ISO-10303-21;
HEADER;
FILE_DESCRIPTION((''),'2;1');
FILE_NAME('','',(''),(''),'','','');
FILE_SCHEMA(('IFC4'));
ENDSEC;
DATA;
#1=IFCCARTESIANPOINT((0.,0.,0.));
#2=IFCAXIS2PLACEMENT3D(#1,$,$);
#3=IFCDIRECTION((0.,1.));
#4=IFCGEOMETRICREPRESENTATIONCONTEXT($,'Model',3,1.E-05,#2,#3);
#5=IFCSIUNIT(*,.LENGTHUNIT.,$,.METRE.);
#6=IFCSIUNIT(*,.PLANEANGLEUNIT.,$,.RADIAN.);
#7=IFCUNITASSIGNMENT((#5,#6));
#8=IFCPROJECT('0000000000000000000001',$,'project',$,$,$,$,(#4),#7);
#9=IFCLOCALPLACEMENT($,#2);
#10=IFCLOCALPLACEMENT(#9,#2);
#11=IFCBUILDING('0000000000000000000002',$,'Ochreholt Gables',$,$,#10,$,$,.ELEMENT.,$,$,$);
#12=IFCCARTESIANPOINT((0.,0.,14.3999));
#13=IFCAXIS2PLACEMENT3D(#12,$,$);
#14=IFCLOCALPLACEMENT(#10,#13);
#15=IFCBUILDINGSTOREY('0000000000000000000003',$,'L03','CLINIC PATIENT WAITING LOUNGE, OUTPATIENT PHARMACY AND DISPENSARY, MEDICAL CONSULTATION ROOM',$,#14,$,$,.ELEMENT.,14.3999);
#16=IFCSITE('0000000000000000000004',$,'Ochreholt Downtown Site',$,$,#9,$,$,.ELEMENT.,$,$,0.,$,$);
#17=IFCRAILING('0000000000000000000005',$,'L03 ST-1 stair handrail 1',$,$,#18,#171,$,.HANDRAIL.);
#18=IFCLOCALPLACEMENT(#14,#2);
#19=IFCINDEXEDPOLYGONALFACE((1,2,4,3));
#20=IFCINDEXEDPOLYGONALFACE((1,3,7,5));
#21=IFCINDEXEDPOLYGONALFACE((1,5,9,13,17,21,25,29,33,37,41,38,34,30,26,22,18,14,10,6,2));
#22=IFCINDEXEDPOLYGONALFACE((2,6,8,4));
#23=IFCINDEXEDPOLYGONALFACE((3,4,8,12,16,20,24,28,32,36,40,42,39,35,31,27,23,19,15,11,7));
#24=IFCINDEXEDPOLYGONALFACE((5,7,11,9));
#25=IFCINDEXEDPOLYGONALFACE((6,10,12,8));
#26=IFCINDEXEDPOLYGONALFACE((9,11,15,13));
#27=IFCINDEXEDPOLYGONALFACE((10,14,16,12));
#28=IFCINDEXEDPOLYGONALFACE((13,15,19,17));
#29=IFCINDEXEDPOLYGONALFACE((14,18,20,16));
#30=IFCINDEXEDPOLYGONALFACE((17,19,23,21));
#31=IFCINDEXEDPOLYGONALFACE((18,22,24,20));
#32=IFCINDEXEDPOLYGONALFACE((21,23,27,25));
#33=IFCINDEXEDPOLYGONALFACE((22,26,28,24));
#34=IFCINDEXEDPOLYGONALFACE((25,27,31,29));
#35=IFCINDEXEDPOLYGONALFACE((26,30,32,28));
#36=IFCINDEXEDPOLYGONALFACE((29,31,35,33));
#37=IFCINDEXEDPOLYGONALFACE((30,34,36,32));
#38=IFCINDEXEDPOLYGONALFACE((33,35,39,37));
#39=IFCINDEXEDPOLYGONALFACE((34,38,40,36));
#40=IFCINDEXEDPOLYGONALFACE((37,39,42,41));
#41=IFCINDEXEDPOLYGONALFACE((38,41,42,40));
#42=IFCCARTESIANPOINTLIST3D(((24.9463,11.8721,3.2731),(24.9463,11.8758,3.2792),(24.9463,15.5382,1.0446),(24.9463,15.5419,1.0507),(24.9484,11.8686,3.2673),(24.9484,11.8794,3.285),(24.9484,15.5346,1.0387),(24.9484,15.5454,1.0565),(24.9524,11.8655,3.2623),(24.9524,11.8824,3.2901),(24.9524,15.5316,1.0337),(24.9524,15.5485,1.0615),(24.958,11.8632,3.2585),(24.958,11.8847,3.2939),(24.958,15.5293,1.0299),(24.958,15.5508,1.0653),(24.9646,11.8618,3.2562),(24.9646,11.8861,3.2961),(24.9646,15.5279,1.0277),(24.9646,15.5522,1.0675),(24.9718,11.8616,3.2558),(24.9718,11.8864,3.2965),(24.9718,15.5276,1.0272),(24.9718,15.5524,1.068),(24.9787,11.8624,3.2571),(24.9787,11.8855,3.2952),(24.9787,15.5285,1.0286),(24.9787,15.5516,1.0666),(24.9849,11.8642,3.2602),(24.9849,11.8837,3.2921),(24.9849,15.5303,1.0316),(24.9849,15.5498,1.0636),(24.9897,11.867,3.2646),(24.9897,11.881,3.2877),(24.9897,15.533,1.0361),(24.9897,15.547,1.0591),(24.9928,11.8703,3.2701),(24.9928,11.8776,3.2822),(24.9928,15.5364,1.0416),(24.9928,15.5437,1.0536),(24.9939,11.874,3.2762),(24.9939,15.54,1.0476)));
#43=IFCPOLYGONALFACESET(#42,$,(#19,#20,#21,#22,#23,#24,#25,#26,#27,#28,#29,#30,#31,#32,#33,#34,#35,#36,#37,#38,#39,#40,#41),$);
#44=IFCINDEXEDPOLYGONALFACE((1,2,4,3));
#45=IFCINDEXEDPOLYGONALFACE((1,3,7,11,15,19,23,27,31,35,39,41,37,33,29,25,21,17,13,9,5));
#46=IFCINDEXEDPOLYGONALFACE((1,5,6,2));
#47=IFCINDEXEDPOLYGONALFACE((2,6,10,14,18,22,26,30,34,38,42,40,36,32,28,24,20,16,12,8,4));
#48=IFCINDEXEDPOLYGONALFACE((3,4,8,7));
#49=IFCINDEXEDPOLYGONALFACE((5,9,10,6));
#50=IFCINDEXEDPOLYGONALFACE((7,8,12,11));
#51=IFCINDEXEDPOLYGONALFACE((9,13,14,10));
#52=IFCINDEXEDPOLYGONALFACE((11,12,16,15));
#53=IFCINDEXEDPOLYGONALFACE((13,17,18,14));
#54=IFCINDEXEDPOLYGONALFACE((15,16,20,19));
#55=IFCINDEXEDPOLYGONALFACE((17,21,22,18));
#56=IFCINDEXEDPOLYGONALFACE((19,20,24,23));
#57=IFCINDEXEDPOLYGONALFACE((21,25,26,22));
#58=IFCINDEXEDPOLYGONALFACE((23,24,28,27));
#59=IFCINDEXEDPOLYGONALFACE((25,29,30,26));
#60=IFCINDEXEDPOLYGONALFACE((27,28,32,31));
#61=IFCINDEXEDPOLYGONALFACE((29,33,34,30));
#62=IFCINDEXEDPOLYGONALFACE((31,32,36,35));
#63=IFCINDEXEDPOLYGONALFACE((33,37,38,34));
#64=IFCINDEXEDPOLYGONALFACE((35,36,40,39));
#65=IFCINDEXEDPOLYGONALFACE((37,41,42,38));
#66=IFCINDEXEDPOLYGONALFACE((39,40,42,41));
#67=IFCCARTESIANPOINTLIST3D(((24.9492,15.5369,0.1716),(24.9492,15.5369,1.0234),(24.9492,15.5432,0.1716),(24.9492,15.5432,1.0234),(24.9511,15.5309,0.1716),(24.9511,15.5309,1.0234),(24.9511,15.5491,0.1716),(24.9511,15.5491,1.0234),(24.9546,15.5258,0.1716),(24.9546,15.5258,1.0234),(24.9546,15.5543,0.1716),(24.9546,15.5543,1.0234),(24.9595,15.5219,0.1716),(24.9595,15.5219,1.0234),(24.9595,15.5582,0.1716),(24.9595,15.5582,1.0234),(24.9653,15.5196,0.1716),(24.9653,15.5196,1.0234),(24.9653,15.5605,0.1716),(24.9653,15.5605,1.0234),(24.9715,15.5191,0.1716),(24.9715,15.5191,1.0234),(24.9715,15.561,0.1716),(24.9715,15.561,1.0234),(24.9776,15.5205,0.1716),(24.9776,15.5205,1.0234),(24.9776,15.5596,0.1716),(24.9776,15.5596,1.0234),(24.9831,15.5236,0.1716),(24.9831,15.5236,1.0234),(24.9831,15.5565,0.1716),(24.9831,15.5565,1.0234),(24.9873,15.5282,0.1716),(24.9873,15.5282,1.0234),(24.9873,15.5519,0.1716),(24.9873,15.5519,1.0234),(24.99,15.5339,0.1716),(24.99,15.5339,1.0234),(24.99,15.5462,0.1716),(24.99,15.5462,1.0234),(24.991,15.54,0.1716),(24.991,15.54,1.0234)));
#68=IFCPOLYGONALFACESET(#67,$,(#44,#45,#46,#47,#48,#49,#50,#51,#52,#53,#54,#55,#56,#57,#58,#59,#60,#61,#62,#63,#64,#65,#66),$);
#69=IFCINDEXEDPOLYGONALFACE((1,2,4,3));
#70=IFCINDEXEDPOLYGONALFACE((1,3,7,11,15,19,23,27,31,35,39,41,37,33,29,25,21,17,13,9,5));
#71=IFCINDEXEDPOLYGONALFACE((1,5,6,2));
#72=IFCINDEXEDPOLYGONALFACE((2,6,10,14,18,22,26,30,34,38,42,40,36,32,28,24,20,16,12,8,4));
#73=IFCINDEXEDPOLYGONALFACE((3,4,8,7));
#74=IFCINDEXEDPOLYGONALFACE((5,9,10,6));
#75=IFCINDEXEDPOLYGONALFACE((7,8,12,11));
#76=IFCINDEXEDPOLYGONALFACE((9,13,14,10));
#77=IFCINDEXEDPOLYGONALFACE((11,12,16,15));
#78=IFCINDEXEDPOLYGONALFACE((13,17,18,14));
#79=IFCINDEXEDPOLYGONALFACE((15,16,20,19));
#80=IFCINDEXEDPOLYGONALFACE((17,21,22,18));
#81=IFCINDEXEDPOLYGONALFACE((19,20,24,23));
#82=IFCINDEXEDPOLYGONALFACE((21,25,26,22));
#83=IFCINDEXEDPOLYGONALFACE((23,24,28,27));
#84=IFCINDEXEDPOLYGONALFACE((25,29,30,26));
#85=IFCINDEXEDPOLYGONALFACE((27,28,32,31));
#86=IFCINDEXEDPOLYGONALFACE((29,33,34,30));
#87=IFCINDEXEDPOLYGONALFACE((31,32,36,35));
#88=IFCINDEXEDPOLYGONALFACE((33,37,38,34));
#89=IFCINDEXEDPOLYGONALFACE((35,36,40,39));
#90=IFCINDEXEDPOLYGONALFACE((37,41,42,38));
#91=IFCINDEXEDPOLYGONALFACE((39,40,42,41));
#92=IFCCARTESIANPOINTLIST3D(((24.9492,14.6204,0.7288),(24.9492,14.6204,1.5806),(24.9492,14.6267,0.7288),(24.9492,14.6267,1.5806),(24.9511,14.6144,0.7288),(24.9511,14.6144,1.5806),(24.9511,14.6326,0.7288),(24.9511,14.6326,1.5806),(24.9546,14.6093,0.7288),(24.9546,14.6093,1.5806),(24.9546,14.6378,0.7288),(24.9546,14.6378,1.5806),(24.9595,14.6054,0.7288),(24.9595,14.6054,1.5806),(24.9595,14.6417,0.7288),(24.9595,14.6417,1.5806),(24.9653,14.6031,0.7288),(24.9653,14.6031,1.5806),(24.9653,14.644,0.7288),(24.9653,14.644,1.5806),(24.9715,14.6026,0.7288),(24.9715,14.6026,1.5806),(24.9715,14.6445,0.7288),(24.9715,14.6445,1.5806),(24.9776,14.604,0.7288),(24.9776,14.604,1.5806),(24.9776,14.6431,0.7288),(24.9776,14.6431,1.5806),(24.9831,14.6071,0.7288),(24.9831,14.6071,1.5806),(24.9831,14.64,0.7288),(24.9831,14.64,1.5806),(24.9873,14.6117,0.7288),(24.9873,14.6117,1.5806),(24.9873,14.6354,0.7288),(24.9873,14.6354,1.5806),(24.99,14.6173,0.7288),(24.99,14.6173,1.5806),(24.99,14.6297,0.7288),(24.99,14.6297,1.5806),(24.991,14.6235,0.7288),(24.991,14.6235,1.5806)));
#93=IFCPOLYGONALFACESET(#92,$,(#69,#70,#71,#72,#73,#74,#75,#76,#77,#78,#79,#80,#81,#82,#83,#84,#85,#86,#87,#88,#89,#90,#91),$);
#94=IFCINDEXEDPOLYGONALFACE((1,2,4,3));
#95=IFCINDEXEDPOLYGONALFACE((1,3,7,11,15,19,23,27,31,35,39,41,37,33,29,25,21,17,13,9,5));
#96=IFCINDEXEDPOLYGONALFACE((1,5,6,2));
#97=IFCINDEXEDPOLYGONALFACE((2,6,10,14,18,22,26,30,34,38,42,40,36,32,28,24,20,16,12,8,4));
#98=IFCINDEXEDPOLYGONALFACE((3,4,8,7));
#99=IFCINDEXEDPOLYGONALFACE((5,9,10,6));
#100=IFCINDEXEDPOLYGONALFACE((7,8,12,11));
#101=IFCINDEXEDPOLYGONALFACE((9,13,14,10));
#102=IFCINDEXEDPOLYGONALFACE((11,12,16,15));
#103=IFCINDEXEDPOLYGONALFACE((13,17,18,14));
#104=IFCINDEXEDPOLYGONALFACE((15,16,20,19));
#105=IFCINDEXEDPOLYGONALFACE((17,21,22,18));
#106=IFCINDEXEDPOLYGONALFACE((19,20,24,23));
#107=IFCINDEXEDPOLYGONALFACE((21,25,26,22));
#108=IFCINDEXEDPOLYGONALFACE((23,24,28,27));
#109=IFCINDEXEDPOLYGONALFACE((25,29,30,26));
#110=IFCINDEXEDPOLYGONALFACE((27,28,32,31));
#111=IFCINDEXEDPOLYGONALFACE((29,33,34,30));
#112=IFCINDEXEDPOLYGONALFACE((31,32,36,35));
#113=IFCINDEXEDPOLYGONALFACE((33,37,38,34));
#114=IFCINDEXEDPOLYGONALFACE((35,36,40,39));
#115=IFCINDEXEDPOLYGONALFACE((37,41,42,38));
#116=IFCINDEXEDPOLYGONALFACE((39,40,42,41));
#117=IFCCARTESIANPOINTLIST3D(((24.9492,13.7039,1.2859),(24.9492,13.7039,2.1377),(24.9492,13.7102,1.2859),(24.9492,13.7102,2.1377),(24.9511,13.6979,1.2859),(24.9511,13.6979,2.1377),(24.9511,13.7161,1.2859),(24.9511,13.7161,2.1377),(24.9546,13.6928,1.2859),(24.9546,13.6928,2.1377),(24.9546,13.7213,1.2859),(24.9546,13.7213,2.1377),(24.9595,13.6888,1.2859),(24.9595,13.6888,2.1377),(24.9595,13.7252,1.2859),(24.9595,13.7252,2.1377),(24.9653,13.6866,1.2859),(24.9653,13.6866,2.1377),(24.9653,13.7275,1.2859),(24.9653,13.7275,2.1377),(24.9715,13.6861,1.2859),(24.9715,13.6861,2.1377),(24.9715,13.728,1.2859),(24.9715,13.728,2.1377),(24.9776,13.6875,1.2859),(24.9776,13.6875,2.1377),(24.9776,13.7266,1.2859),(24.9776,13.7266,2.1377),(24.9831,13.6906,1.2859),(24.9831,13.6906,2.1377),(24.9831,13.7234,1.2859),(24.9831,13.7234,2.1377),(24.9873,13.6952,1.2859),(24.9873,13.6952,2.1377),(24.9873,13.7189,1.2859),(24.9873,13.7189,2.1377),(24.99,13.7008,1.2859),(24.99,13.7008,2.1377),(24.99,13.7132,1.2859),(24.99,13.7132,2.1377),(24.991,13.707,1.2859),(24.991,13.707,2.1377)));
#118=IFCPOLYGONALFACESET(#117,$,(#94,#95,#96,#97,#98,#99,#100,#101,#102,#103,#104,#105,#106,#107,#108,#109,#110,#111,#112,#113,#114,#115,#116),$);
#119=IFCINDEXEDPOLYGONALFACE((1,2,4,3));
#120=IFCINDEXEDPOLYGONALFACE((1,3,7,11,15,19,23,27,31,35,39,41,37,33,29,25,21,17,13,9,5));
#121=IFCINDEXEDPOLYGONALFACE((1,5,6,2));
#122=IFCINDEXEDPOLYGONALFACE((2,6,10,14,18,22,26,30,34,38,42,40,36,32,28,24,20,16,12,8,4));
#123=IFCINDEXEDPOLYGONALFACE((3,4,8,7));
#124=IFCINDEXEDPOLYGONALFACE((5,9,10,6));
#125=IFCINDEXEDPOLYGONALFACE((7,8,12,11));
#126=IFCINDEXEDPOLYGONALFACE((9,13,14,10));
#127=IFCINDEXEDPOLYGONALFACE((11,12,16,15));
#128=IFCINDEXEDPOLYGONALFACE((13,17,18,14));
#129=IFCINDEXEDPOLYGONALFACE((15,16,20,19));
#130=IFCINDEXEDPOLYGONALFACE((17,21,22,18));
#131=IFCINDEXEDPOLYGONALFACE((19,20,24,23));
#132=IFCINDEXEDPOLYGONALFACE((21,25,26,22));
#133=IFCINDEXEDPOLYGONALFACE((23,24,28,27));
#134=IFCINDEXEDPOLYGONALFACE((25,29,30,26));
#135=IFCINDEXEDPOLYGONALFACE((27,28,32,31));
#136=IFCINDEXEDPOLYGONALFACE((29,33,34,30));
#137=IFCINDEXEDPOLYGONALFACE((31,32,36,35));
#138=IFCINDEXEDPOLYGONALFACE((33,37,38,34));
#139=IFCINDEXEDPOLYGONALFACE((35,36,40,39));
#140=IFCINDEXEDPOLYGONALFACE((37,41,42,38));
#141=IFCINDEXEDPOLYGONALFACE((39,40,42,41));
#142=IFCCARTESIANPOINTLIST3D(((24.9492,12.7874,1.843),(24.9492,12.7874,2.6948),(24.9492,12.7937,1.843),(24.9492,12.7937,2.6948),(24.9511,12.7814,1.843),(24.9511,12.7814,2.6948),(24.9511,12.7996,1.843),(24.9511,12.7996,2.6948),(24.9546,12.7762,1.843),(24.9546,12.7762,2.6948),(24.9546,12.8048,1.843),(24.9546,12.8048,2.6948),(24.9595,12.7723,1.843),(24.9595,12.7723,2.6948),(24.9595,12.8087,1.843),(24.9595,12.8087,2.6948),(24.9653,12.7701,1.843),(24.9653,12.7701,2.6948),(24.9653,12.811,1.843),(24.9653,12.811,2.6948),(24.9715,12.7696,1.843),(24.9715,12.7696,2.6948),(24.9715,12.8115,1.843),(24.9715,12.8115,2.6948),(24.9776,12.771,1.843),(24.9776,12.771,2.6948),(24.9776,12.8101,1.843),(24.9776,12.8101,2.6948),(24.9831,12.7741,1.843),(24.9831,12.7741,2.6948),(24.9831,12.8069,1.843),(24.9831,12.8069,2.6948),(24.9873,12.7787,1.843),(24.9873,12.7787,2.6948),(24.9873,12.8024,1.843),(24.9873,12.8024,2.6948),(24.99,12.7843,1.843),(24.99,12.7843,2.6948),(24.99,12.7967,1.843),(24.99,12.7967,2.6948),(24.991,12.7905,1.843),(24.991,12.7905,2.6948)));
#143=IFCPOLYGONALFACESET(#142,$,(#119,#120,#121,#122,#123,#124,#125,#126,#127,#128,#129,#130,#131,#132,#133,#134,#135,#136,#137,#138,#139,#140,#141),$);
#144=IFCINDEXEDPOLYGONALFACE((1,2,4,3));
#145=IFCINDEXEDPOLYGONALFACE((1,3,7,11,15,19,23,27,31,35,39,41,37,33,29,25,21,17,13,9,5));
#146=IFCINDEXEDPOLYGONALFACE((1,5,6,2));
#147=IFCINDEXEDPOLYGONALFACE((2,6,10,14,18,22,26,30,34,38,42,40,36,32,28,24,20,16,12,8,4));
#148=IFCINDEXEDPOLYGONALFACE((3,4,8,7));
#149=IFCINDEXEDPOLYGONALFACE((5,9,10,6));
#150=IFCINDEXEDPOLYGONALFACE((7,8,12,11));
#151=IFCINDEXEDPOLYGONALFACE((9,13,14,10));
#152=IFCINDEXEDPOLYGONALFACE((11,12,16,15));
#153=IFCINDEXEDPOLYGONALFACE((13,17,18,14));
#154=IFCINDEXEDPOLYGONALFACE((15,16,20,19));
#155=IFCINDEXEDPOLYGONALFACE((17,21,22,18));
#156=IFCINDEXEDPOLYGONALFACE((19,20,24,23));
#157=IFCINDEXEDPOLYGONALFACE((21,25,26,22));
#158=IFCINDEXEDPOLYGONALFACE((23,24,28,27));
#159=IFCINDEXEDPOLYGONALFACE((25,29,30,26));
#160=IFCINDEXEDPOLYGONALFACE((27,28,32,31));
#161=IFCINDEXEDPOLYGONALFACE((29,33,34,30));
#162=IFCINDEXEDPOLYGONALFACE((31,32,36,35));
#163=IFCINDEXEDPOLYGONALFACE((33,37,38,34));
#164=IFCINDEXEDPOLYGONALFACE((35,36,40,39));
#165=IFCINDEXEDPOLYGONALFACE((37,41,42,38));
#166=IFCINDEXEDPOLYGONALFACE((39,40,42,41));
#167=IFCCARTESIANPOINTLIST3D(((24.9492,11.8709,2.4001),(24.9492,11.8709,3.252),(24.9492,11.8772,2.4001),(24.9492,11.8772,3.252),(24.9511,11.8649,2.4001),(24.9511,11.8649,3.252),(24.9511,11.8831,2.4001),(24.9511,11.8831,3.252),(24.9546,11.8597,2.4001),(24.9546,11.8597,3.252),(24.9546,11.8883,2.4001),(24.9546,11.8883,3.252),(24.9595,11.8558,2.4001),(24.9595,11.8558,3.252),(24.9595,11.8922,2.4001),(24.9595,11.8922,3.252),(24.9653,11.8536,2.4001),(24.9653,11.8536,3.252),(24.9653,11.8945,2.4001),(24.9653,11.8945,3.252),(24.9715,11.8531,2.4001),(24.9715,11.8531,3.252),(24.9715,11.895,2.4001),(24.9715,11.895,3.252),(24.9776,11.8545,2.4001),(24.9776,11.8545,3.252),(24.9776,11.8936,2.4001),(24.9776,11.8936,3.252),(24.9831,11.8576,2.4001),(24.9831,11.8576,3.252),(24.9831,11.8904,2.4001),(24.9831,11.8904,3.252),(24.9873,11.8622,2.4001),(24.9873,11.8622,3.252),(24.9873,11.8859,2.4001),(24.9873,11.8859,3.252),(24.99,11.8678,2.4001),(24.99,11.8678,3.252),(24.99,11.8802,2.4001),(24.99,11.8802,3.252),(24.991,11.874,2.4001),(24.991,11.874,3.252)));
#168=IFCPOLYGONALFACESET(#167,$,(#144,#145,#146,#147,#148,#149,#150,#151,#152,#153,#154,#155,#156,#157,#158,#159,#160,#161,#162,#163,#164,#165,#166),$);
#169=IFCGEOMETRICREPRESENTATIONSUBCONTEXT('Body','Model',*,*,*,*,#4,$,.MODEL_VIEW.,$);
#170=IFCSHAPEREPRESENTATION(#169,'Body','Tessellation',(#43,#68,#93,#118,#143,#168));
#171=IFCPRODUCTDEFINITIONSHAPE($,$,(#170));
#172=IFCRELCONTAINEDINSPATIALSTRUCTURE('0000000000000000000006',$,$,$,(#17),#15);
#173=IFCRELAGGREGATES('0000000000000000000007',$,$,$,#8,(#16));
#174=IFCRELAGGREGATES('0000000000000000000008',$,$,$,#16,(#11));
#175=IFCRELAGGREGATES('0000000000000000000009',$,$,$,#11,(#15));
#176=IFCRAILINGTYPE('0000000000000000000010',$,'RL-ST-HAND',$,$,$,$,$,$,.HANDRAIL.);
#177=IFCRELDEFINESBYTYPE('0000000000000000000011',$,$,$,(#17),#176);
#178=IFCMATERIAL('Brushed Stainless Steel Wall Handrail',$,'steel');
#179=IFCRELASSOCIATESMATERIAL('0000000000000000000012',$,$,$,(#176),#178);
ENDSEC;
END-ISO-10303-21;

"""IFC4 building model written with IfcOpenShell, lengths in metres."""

from ifc_helpers import new_model, si_unit, direction, frame, origin, origin_2d, place, context, subcontext, project, spatial, circle, extrude, material, type_object, element, save


model = new_model("IFC4")

# Units and contexts
model_context = context("Model", 3, precision=1e-05, world=origin(), true_north=direction((0.0, 1.0)))
body_context = subcontext(model_context, "Body", "Model", "MODEL_VIEW")
ifc_project = project(units=[si_unit("LENGTHUNIT", "METRE"), si_unit("PLANEANGLEUNIT", "RADIAN")], contexts=[model_context])

# Site, building, storey
site_placement = place(None, origin())
site = spatial("IfcSite", under=ifc_project, at=site_placement, Name="Ochreholt Downtown Site", CompositionType="ELEMENT", RefElevation=0.0)
building_placement = place(site_placement, origin())
building = spatial("IfcBuilding", under=site, at=building_placement, Name="Ochreholt Gables", CompositionType="ELEMENT")
storey_placement = place(building_placement, frame((0.0, 0.0, 14.3999)))
storey = spatial("IfcBuildingStorey", under=building, at=storey_placement, Name="L03", Description="CLINIC PATIENT WAITING LOUNGE, OUTPATIENT PHARMACY AND DISPENSARY, MEDICAL CONSULTATION ROOM", CompositionType="ELEMENT", Elevation=14.3999)

# Railing
ifc_material_1 = material(Name="Brushed Stainless Steel Wall Handrail", Category="steel")
railing_type_1 = type_object("IfcRailingType", Name="RL-ST-HAND", PredefinedType="HANDRAIL", material=ifc_material_1)
railing_1_placement = place(storey_placement, frame((24.97, 15.54, 0.1716)))
element("IfcRailing", 1, at=railing_1_placement, inside=storey, type_object=railing_type_1, Name="L03 ST-1 stair handrail 1", PredefinedType="HANDRAIL", context=body_context, shape_type="SweptSolid", body=[
    extrude(circle(Radius=0.0239, at=origin_2d()), frame((0.0, 0.0, 0.876), z_axis=(0.0, -0.854506, 0.519441), x_axis=(1.0, 0.0, 0.0)), (0.0, 0.0, 1.0), 4.2903),
    extrude(circle(Radius=0.021, at=origin_2d()), origin(), (0.0, 0.0, 1.0), 0.8518),
    extrude(circle(Radius=0.021, at=origin_2d()), frame((0.0, -0.9165, 0.5571)), (0.0, 0.0, 1.0), 0.8518),
    extrude(circle(Radius=0.021, at=origin_2d()), frame((0.0, -1.833, 1.1143)), (0.0, 0.0, 1.0), 0.8518),
    extrude(circle(Radius=0.021, at=origin_2d()), frame((0.0, -2.7495, 1.6714)), (0.0, 0.0, 1.0), 0.8518),
    extrude(circle(Radius=0.021, at=origin_2d()), frame((0.0, -3.666, 2.2285)), (0.0, 0.0, 1.0), 0.8518),
])

save(model, "model.ifc")
